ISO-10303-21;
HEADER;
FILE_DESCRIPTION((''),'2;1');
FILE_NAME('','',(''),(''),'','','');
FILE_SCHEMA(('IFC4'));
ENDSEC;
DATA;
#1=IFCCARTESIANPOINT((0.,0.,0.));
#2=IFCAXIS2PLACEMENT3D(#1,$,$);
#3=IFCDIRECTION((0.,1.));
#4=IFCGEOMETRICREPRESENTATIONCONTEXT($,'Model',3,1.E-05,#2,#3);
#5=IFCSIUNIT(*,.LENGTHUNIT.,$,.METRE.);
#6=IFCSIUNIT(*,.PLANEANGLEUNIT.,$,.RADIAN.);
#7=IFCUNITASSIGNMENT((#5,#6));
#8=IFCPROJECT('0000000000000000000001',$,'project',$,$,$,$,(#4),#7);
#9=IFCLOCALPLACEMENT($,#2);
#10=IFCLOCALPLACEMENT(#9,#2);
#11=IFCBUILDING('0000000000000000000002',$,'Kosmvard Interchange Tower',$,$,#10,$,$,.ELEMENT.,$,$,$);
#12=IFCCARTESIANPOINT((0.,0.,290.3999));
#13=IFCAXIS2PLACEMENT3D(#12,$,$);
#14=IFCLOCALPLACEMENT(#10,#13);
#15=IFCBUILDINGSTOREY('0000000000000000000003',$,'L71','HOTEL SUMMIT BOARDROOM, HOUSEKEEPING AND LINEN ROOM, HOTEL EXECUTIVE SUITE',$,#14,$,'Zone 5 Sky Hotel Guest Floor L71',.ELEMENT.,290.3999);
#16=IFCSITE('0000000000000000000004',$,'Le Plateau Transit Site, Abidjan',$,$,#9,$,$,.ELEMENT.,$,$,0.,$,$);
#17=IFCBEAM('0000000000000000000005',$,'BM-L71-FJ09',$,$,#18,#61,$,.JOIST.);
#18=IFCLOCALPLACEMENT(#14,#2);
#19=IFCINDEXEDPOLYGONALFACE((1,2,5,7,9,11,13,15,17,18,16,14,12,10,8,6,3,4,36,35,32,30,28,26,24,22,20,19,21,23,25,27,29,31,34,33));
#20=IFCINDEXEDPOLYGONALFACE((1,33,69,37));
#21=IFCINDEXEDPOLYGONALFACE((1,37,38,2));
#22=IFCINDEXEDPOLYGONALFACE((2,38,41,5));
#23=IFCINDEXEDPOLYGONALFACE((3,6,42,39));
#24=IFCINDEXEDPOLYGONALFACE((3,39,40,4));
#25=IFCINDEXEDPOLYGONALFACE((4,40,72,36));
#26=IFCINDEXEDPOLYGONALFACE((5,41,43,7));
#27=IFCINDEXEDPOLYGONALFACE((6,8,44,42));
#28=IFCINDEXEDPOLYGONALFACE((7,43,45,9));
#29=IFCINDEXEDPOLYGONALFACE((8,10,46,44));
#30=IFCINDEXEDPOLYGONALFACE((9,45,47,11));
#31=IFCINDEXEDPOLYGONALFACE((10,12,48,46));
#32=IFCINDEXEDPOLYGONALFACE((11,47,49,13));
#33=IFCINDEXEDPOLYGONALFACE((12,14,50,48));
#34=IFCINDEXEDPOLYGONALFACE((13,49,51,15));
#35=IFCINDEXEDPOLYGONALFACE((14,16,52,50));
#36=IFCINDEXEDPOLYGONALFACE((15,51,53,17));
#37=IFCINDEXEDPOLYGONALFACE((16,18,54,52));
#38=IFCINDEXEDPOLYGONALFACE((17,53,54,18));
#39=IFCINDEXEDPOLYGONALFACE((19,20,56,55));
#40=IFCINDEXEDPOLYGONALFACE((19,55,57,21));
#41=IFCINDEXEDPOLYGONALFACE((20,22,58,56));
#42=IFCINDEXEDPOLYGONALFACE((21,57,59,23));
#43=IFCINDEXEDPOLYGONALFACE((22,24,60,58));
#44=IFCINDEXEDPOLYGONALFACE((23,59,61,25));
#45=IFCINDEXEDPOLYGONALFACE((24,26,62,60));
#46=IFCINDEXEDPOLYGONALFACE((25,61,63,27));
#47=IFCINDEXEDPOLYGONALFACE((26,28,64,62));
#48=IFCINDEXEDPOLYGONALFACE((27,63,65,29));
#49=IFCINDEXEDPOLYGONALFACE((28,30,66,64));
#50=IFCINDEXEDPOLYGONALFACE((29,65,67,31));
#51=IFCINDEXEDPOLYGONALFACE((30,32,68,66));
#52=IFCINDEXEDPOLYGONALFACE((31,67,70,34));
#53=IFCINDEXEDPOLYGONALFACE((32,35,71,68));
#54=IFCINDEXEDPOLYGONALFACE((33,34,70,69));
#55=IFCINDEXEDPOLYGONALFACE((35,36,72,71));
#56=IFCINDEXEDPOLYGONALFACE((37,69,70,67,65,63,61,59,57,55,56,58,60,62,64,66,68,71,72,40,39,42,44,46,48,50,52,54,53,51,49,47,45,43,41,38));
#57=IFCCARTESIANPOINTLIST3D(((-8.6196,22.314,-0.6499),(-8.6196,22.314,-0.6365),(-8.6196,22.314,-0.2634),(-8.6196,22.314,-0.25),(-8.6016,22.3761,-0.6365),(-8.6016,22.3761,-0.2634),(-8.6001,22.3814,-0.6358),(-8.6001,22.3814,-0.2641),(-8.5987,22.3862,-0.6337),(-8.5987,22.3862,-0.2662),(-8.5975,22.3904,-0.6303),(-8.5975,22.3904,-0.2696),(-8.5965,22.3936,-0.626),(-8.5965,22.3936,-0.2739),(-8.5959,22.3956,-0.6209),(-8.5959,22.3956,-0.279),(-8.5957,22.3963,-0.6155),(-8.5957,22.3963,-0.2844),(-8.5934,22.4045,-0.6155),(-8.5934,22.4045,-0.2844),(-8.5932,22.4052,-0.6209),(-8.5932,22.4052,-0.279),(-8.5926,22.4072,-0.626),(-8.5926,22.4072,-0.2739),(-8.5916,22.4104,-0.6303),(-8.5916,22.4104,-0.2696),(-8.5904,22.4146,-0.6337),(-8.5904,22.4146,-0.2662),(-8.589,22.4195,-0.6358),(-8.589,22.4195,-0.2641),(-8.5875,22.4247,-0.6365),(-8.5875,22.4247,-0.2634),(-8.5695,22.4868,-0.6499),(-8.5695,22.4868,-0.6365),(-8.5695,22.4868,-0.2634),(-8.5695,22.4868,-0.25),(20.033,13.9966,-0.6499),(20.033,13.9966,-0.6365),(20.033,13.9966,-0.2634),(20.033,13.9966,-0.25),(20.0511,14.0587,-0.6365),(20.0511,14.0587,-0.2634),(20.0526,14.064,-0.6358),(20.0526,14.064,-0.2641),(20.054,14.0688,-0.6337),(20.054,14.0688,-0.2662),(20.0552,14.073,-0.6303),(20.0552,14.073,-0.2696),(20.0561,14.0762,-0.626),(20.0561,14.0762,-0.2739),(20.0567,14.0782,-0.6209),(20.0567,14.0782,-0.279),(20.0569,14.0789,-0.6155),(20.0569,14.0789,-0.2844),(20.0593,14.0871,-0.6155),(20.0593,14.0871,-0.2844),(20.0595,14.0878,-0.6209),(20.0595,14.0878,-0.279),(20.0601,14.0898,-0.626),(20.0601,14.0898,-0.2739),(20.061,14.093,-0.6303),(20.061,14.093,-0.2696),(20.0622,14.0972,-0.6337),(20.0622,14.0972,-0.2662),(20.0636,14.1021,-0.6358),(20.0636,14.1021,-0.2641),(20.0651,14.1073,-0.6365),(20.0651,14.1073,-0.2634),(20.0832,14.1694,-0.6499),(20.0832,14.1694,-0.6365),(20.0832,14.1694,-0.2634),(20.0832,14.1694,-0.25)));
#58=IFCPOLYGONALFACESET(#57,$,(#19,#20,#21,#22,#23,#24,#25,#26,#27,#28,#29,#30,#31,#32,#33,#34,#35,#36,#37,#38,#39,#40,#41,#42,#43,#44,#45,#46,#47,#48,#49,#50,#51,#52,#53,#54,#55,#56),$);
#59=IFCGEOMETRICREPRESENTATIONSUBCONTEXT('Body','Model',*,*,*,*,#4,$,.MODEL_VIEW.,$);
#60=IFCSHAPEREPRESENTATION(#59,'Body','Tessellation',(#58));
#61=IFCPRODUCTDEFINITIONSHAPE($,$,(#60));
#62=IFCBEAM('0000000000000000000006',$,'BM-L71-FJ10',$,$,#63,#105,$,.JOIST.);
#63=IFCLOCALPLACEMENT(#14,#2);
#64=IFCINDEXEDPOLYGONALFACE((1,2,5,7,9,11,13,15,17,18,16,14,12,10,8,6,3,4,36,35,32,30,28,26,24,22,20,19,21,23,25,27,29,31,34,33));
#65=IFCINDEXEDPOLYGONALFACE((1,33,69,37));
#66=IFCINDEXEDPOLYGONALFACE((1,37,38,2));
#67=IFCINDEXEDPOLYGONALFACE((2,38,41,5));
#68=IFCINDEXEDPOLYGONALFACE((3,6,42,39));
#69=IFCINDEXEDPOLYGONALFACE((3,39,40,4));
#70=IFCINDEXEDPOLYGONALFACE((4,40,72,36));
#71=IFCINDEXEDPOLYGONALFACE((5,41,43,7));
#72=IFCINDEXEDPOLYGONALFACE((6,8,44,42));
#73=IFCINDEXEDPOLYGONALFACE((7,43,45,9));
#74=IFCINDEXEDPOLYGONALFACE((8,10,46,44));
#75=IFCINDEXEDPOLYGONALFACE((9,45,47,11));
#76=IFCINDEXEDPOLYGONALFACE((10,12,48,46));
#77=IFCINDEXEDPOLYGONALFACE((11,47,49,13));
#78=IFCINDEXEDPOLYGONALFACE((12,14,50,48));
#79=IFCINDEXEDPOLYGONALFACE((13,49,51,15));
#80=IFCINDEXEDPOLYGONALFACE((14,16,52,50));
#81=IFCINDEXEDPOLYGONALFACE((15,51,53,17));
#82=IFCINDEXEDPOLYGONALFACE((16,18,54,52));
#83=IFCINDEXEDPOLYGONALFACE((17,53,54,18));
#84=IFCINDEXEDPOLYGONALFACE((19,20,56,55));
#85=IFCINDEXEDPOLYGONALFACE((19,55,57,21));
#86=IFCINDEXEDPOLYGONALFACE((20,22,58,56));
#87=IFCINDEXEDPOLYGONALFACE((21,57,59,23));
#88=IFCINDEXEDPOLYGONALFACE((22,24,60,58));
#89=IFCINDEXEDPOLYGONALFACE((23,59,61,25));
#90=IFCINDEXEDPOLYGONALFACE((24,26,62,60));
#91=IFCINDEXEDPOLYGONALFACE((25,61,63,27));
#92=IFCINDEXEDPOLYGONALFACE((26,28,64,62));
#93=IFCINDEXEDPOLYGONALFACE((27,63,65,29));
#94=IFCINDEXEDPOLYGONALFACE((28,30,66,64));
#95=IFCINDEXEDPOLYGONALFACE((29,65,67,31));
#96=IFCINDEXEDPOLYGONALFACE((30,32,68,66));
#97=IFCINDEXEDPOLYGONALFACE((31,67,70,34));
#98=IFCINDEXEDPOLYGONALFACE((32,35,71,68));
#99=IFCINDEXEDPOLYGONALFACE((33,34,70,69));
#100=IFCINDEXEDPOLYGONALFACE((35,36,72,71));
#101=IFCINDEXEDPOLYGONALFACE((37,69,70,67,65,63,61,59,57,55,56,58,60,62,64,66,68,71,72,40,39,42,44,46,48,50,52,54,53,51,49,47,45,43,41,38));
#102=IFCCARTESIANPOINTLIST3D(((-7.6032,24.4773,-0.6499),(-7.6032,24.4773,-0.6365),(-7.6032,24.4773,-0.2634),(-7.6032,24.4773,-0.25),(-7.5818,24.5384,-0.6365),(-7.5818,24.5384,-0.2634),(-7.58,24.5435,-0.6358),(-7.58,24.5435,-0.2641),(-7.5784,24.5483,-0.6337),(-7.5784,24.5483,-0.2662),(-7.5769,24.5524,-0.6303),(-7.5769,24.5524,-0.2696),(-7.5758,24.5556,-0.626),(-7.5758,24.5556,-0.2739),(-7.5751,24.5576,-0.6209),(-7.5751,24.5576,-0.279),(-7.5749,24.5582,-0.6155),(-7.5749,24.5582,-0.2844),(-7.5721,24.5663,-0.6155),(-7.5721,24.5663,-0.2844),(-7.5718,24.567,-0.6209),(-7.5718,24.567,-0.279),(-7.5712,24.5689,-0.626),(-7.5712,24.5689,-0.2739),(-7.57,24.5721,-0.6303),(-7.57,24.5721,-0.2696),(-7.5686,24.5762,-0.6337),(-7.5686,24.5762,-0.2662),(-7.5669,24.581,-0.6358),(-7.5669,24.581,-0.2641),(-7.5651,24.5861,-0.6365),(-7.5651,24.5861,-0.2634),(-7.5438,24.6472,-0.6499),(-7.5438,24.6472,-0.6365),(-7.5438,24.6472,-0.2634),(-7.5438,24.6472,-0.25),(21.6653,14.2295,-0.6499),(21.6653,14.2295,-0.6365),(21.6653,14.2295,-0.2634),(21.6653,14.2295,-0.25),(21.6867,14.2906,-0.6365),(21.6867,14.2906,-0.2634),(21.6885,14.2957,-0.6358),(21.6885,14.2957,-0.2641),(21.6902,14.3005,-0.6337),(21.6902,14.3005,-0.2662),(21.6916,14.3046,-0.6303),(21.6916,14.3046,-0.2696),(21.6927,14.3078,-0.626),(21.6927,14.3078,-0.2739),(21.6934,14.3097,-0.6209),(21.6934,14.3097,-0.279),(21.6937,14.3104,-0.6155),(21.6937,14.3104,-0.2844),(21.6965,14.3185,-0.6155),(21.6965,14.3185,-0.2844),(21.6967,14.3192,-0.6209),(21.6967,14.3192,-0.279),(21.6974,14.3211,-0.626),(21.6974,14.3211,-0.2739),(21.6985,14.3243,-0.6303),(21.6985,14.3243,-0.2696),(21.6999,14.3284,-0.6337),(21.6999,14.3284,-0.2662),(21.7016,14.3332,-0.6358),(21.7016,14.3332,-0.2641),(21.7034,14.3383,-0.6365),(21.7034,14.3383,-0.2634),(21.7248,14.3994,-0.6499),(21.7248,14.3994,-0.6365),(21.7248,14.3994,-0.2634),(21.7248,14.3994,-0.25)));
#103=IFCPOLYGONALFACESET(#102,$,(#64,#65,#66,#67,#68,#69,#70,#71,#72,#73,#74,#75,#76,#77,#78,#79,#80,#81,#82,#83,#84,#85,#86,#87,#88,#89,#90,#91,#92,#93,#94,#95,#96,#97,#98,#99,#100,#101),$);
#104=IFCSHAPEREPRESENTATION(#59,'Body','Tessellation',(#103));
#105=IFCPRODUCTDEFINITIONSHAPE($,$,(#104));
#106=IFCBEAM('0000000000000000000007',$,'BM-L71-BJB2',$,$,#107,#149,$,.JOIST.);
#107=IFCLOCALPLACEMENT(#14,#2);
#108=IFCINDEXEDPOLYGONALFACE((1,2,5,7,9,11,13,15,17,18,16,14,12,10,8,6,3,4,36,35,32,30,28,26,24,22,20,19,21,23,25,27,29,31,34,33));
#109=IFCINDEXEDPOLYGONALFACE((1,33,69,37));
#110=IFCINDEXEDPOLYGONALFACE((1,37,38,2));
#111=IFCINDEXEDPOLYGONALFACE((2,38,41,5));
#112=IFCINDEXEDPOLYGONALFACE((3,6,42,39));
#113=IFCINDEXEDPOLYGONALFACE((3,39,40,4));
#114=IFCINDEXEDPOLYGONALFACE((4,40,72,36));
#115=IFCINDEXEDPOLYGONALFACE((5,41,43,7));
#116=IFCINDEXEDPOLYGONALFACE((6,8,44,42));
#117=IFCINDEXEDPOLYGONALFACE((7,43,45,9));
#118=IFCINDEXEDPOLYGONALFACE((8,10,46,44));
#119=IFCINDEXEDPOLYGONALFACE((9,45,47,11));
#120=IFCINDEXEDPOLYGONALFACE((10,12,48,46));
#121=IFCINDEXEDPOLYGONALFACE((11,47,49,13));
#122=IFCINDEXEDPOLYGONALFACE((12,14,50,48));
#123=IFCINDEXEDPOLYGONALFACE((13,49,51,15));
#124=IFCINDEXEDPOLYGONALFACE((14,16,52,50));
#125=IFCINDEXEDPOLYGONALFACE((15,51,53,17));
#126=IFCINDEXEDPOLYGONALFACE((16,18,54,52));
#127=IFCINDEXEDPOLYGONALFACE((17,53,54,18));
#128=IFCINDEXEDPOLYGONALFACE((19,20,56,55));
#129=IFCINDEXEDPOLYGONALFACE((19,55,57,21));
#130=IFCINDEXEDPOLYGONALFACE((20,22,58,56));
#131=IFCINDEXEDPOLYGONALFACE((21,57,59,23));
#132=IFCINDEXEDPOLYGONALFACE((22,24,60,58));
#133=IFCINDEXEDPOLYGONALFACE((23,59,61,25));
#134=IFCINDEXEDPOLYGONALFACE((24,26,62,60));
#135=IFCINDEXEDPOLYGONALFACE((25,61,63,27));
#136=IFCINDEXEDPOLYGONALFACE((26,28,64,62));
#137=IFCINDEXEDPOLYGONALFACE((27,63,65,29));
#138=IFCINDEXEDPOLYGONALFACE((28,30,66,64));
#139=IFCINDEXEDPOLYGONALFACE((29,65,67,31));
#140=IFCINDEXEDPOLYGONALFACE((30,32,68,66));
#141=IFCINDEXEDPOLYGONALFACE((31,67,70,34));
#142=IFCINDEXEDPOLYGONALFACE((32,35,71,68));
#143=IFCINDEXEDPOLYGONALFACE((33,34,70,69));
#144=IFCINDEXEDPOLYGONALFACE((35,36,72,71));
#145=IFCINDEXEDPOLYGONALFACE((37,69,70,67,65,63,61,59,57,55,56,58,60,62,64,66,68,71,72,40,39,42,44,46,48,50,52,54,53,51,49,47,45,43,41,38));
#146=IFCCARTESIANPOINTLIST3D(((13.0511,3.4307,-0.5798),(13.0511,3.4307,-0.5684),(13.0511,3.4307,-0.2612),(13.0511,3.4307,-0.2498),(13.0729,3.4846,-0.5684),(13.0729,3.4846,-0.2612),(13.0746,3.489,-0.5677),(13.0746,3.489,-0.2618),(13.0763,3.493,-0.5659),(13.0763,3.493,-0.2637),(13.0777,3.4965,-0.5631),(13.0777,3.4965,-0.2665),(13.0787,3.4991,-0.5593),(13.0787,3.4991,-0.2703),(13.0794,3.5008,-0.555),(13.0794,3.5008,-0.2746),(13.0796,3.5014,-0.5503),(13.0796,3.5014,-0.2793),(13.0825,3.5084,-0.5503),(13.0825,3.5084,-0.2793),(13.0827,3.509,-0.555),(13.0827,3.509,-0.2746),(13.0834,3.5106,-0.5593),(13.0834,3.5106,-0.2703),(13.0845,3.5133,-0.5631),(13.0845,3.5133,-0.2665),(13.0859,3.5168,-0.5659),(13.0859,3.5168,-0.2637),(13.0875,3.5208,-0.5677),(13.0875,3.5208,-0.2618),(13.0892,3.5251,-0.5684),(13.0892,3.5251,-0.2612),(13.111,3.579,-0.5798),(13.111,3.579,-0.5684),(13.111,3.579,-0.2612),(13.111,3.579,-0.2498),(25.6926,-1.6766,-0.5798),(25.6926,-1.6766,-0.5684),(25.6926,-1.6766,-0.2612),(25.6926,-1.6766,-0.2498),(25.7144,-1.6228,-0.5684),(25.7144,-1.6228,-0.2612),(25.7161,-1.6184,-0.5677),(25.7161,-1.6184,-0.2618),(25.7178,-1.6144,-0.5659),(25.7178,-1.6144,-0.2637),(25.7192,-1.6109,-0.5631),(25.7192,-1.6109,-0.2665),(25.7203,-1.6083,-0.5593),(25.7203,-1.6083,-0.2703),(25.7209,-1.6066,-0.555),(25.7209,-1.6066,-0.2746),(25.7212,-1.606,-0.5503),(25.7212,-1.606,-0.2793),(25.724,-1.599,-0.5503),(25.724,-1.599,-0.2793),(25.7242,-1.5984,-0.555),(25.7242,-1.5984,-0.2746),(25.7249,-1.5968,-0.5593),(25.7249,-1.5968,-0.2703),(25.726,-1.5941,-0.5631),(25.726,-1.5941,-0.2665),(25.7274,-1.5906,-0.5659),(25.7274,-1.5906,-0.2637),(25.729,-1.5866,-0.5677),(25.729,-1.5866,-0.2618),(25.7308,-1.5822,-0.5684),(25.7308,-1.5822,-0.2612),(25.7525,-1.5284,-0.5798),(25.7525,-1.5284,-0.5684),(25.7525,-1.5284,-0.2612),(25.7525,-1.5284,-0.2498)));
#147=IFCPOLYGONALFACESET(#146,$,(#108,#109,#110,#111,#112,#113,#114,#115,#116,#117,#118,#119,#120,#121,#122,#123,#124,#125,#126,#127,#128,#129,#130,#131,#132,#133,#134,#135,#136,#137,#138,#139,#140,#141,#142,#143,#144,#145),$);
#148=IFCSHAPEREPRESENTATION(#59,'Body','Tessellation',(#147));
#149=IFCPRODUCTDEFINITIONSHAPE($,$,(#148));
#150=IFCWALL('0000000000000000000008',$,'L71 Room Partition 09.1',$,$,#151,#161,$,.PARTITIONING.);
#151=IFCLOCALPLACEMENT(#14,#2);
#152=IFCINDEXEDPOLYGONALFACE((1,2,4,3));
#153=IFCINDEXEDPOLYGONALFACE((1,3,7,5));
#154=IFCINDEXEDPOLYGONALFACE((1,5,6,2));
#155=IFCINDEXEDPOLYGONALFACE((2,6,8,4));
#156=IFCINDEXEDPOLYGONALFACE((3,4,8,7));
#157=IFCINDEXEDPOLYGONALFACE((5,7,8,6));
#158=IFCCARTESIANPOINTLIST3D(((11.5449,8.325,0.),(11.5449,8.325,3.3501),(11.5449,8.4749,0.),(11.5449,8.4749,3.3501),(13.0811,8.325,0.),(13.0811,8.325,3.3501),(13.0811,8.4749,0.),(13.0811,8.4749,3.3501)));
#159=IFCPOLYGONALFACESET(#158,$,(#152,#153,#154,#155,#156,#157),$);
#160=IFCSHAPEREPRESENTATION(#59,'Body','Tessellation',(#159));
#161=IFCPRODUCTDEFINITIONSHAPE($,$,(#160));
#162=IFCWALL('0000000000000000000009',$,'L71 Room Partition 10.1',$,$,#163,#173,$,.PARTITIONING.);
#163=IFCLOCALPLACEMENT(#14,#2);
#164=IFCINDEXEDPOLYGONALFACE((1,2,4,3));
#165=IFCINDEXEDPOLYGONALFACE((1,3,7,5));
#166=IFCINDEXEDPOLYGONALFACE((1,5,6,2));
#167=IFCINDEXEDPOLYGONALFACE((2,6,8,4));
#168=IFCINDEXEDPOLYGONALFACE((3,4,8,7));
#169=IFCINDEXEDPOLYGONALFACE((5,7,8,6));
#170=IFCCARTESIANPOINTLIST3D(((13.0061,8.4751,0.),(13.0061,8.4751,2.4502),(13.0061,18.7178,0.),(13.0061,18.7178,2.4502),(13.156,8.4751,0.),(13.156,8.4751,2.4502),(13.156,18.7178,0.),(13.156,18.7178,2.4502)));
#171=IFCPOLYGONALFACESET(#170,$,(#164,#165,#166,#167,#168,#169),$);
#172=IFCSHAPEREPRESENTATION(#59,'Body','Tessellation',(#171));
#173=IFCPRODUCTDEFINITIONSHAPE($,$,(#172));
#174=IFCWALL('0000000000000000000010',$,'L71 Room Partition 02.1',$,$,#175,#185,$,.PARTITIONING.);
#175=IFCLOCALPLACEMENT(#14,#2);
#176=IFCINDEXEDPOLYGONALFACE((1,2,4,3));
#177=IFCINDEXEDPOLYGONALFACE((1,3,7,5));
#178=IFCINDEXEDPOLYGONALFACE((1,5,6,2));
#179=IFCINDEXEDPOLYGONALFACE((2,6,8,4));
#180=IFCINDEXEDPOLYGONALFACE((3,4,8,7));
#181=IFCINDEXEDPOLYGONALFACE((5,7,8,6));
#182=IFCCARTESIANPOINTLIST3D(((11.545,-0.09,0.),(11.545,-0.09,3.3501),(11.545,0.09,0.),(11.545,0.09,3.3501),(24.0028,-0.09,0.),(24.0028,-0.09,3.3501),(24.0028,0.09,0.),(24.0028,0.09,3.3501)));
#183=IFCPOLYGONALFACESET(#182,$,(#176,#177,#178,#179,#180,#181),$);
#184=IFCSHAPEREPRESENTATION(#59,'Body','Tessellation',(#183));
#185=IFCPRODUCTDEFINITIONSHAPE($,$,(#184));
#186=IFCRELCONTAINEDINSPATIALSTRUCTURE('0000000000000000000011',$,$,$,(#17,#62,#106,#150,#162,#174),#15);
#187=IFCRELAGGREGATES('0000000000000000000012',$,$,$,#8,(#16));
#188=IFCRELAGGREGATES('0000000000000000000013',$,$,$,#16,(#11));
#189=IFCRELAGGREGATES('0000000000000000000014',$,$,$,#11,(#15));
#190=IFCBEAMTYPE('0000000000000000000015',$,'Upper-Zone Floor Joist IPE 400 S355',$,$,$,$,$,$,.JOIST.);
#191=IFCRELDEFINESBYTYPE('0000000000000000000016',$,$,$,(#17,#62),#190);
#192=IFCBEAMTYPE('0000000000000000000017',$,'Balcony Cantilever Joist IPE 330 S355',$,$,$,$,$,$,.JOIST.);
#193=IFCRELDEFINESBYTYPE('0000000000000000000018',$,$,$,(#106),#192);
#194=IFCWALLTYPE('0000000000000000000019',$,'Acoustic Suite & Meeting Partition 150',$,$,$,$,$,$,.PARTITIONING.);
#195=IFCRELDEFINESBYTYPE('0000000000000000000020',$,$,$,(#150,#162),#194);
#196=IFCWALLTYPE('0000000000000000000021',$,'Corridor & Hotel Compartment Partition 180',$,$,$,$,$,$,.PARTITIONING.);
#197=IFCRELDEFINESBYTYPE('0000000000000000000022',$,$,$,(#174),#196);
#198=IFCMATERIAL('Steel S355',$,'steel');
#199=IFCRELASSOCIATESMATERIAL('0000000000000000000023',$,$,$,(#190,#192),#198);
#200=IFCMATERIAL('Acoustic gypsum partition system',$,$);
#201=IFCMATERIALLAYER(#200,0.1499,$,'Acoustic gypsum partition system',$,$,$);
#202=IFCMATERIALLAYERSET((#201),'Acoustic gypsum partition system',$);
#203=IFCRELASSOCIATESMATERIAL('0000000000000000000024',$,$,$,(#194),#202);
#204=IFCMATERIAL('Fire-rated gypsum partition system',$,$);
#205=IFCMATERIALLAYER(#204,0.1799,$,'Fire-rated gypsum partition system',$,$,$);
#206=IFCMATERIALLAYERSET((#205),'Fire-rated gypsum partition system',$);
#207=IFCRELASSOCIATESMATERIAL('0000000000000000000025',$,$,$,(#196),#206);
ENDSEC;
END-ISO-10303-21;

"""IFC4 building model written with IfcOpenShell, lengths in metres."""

from ifc_helpers import new_model, si_unit, direction, frame, frame_2d, origin, origin_2d, place, context, subcontext, project, spatial, rectangle, i_section, extrude, source, transform, mapped, material, layer, layer_set, material_profile, profile_set, type_object, element, save


model = new_model("IFC4")

# Units and contexts
model_context = context("Model", 3, precision=1e-05, world=origin(), true_north=direction((0.0, 1.0)))
body_context = subcontext(model_context, "Body", "Model", "MODEL_VIEW")
ifc_project = project(units=[si_unit("LENGTHUNIT", "METRE"), si_unit("PLANEANGLEUNIT", "RADIAN")], contexts=[model_context])

# Site, building, storey
site_placement = place(None, origin())
site = spatial("IfcSite", under=ifc_project, at=site_placement, Name="Le Plateau Transit Site, Abidjan", CompositionType="ELEMENT", RefElevation=0.0)
building_placement = place(site_placement, origin())
building = spatial("IfcBuilding", under=site, at=building_placement, Name="Kosmvard Interchange Tower", CompositionType="ELEMENT")
storey_placement = place(building_placement, frame((0.0, 0.0, 290.3999)))
storey = spatial("IfcBuildingStorey", under=building, at=storey_placement, Name="L71", Description="HOTEL SUMMIT BOARDROOM, HOUSEKEEPING AND LINEN ROOM, HOTEL EXECUTIVE SUITE", LongName="Zone 5 Sky Hotel Guest Floor L71", CompositionType="ELEMENT", Elevation=290.3999)

# Beams
ifc_material_1 = material(Name="Steel S355", Category="steel")
ifc_material_profile_1 = material_profile(ifc_material_1, i_section(OverallWidth=0.1799, OverallDepth=0.3999, WebThickness=0.0085, FlangeThickness=0.0134, FilletRadius=0.021, at=origin_2d()), Name="IPE 400")
ifc_profile_set_1 = profile_set([ifc_material_profile_1], Name="Steel S355")
beam_type_1 = type_object("IfcBeamType", Name="Upper-Zone Floor Joist IPE 400 S355", PredefinedType="JOIST", material=ifc_profile_set_1)
shared_shape_1 = source(origin(), body_context, "Body", "SweptSolid", [
    extrude(i_section(OverallWidth=0.1799, OverallDepth=0.3999, WebThickness=0.0085, FlangeThickness=0.0134, FilletRadius=0.021, at=origin_2d()), origin(), (0.0, 0.0, 1.0), 29.8354),
])
beam_1_placement = place(storey_placement, frame((20.0581, 14.083, -0.45), z_axis=(-0.960356, 0.278776, 0.0), x_axis=(-0.278776, -0.960356, 0.0)))
element("IfcBeam", 1, at=beam_1_placement, inside=storey, type_object=beam_type_1, Name="BM-L71-FJ09", PredefinedType="JOIST", context=body_context, shape_type="MappedRepresentation", body=[
    mapped(shared_shape_1, transform((0.0, 0.0, 0.0), scale=1.0)),
])
shared_shape_2 = source(origin(), body_context, "Body", "SweptSolid", [
    extrude(i_section(OverallWidth=0.1799, OverallDepth=0.3999, WebThickness=0.0085, FlangeThickness=0.0134, FilletRadius=0.021, at=origin_2d()), origin(), (0.0, 0.0, 1.0), 31.0107),
])
beam_2_placement = place(storey_placement, frame((21.6951, 14.3145, -0.45), z_axis=(-0.94382, 0.33046, 0.0), x_axis=(-0.33046, -0.94382, 0.0)))
element("IfcBeam", 2, at=beam_2_placement, inside=storey, type_object=beam_type_1, Name="BM-L71-FJ10", PredefinedType="JOIST", context=body_context, shape_type="MappedRepresentation", body=[
    mapped(shared_shape_2, transform((0.0, 0.0, 0.0), scale=1.0)),
])
ifc_material_profile_2 = material_profile(ifc_material_1, i_section(OverallWidth=0.1599, OverallDepth=0.3301, WebThickness=0.0076, FlangeThickness=0.0115, FilletRadius=0.0181, at=origin_2d()), Name="IPE 330")
ifc_profile_set_2 = profile_set([ifc_material_profile_2], Name="Steel S355")
beam_type_2 = type_object("IfcBeamType", Name="Balcony Cantilever Joist IPE 330 S355", PredefinedType="JOIST", material=ifc_profile_set_2)
shared_shape_3 = source(origin(), body_context, "Body", "SweptSolid", [
    extrude(i_section(OverallWidth=0.1599, OverallDepth=0.3301, WebThickness=0.0076, FlangeThickness=0.0115, FilletRadius=0.0181, at=origin_2d()), origin(), (0.0, 0.0, 1.0), 13.6343),
])
beam_3_placement = place(storey_placement, frame((13.0811, 3.5049, -0.4148), z_axis=(0.927187, -0.374599, 0.0), x_axis=(0.374599, 0.927187, 0.0)))
element("IfcBeam", 3, at=beam_3_placement, inside=storey, type_object=beam_type_2, Name="BM-L71-BJB2", PredefinedType="JOIST", context=body_context, shape_type="MappedRepresentation", body=[
    mapped(shared_shape_3, transform((0.0, 0.0, 0.0), scale=1.0)),
])

# Walls
ifc_material_2 = material(Name="Acoustic gypsum partition system")
ifc_layer_1 = layer(ifc_material_2, 0.1499, Name="Acoustic gypsum partition system")
ifc_layer_set_1 = layer_set([ifc_layer_1], Name="Acoustic gypsum partition system")
wall_type_1 = type_object("IfcWallType", Name="Acoustic Suite & Meeting Partition 150", PredefinedType="PARTITIONING", material=ifc_layer_set_1)
wall_1_placement = place(storey_placement, frame((11.5449, 8.3999, 0.0), z_axis=(0.0, 0.0, 1.0), x_axis=(1.0, 0.0, 0.0)))
element("IfcWall", 4, at=wall_1_placement, inside=storey, type_object=wall_type_1, Name="L71 Room Partition 09.1", PredefinedType="PARTITIONING", context=body_context, shape_type="SweptSolid", body=[
    extrude(rectangle(XDim=1.5361, YDim=0.1499, at=frame_2d((0.7681, 0.0))), origin(), (0.0, 0.0, 1.0), 3.3501),
])
wall_2_placement = place(storey_placement, frame((13.0811, 8.4751, 0.0), z_axis=(0.0, 0.0, 1.0), x_axis=(0.0, 1.0, 0.0)))
element("IfcWall", 5, at=wall_2_placement, inside=storey, type_object=wall_type_1, Name="L71 Room Partition 10.1", PredefinedType="PARTITIONING", context=body_context, shape_type="SweptSolid", body=[
    extrude(rectangle(XDim=10.2427, YDim=0.1499, at=frame_2d((5.1213, 0.0))), origin(), (0.0, 0.0, 1.0), 2.4502),
])
ifc_material_3 = material(Name="Fire-rated gypsum partition system")
ifc_layer_2 = layer(ifc_material_3, 0.1799, Name="Fire-rated gypsum partition system")
ifc_layer_set_2 = layer_set([ifc_layer_2], Name="Fire-rated gypsum partition system")
wall_type_2 = type_object("IfcWallType", Name="Corridor & Hotel Compartment Partition 180", PredefinedType="PARTITIONING", material=ifc_layer_set_2)
wall_3_placement = place(storey_placement, frame((11.5449, 0.0, 0.0), z_axis=(0.0, 0.0, 1.0), x_axis=(1.0, 0.0, 0.0)))
element("IfcWall", 6, at=wall_3_placement, inside=storey, type_object=wall_type_2, Name="L71 Room Partition 02.1", PredefinedType="PARTITIONING", context=body_context, shape_type="SweptSolid", body=[
    extrude(rectangle(XDim=12.4578, YDim=0.1799, at=frame_2d((6.229, 0.0))), origin(), (0.0, 0.0, 1.0), 3.3501),
])

save(model, "model.ifc")
